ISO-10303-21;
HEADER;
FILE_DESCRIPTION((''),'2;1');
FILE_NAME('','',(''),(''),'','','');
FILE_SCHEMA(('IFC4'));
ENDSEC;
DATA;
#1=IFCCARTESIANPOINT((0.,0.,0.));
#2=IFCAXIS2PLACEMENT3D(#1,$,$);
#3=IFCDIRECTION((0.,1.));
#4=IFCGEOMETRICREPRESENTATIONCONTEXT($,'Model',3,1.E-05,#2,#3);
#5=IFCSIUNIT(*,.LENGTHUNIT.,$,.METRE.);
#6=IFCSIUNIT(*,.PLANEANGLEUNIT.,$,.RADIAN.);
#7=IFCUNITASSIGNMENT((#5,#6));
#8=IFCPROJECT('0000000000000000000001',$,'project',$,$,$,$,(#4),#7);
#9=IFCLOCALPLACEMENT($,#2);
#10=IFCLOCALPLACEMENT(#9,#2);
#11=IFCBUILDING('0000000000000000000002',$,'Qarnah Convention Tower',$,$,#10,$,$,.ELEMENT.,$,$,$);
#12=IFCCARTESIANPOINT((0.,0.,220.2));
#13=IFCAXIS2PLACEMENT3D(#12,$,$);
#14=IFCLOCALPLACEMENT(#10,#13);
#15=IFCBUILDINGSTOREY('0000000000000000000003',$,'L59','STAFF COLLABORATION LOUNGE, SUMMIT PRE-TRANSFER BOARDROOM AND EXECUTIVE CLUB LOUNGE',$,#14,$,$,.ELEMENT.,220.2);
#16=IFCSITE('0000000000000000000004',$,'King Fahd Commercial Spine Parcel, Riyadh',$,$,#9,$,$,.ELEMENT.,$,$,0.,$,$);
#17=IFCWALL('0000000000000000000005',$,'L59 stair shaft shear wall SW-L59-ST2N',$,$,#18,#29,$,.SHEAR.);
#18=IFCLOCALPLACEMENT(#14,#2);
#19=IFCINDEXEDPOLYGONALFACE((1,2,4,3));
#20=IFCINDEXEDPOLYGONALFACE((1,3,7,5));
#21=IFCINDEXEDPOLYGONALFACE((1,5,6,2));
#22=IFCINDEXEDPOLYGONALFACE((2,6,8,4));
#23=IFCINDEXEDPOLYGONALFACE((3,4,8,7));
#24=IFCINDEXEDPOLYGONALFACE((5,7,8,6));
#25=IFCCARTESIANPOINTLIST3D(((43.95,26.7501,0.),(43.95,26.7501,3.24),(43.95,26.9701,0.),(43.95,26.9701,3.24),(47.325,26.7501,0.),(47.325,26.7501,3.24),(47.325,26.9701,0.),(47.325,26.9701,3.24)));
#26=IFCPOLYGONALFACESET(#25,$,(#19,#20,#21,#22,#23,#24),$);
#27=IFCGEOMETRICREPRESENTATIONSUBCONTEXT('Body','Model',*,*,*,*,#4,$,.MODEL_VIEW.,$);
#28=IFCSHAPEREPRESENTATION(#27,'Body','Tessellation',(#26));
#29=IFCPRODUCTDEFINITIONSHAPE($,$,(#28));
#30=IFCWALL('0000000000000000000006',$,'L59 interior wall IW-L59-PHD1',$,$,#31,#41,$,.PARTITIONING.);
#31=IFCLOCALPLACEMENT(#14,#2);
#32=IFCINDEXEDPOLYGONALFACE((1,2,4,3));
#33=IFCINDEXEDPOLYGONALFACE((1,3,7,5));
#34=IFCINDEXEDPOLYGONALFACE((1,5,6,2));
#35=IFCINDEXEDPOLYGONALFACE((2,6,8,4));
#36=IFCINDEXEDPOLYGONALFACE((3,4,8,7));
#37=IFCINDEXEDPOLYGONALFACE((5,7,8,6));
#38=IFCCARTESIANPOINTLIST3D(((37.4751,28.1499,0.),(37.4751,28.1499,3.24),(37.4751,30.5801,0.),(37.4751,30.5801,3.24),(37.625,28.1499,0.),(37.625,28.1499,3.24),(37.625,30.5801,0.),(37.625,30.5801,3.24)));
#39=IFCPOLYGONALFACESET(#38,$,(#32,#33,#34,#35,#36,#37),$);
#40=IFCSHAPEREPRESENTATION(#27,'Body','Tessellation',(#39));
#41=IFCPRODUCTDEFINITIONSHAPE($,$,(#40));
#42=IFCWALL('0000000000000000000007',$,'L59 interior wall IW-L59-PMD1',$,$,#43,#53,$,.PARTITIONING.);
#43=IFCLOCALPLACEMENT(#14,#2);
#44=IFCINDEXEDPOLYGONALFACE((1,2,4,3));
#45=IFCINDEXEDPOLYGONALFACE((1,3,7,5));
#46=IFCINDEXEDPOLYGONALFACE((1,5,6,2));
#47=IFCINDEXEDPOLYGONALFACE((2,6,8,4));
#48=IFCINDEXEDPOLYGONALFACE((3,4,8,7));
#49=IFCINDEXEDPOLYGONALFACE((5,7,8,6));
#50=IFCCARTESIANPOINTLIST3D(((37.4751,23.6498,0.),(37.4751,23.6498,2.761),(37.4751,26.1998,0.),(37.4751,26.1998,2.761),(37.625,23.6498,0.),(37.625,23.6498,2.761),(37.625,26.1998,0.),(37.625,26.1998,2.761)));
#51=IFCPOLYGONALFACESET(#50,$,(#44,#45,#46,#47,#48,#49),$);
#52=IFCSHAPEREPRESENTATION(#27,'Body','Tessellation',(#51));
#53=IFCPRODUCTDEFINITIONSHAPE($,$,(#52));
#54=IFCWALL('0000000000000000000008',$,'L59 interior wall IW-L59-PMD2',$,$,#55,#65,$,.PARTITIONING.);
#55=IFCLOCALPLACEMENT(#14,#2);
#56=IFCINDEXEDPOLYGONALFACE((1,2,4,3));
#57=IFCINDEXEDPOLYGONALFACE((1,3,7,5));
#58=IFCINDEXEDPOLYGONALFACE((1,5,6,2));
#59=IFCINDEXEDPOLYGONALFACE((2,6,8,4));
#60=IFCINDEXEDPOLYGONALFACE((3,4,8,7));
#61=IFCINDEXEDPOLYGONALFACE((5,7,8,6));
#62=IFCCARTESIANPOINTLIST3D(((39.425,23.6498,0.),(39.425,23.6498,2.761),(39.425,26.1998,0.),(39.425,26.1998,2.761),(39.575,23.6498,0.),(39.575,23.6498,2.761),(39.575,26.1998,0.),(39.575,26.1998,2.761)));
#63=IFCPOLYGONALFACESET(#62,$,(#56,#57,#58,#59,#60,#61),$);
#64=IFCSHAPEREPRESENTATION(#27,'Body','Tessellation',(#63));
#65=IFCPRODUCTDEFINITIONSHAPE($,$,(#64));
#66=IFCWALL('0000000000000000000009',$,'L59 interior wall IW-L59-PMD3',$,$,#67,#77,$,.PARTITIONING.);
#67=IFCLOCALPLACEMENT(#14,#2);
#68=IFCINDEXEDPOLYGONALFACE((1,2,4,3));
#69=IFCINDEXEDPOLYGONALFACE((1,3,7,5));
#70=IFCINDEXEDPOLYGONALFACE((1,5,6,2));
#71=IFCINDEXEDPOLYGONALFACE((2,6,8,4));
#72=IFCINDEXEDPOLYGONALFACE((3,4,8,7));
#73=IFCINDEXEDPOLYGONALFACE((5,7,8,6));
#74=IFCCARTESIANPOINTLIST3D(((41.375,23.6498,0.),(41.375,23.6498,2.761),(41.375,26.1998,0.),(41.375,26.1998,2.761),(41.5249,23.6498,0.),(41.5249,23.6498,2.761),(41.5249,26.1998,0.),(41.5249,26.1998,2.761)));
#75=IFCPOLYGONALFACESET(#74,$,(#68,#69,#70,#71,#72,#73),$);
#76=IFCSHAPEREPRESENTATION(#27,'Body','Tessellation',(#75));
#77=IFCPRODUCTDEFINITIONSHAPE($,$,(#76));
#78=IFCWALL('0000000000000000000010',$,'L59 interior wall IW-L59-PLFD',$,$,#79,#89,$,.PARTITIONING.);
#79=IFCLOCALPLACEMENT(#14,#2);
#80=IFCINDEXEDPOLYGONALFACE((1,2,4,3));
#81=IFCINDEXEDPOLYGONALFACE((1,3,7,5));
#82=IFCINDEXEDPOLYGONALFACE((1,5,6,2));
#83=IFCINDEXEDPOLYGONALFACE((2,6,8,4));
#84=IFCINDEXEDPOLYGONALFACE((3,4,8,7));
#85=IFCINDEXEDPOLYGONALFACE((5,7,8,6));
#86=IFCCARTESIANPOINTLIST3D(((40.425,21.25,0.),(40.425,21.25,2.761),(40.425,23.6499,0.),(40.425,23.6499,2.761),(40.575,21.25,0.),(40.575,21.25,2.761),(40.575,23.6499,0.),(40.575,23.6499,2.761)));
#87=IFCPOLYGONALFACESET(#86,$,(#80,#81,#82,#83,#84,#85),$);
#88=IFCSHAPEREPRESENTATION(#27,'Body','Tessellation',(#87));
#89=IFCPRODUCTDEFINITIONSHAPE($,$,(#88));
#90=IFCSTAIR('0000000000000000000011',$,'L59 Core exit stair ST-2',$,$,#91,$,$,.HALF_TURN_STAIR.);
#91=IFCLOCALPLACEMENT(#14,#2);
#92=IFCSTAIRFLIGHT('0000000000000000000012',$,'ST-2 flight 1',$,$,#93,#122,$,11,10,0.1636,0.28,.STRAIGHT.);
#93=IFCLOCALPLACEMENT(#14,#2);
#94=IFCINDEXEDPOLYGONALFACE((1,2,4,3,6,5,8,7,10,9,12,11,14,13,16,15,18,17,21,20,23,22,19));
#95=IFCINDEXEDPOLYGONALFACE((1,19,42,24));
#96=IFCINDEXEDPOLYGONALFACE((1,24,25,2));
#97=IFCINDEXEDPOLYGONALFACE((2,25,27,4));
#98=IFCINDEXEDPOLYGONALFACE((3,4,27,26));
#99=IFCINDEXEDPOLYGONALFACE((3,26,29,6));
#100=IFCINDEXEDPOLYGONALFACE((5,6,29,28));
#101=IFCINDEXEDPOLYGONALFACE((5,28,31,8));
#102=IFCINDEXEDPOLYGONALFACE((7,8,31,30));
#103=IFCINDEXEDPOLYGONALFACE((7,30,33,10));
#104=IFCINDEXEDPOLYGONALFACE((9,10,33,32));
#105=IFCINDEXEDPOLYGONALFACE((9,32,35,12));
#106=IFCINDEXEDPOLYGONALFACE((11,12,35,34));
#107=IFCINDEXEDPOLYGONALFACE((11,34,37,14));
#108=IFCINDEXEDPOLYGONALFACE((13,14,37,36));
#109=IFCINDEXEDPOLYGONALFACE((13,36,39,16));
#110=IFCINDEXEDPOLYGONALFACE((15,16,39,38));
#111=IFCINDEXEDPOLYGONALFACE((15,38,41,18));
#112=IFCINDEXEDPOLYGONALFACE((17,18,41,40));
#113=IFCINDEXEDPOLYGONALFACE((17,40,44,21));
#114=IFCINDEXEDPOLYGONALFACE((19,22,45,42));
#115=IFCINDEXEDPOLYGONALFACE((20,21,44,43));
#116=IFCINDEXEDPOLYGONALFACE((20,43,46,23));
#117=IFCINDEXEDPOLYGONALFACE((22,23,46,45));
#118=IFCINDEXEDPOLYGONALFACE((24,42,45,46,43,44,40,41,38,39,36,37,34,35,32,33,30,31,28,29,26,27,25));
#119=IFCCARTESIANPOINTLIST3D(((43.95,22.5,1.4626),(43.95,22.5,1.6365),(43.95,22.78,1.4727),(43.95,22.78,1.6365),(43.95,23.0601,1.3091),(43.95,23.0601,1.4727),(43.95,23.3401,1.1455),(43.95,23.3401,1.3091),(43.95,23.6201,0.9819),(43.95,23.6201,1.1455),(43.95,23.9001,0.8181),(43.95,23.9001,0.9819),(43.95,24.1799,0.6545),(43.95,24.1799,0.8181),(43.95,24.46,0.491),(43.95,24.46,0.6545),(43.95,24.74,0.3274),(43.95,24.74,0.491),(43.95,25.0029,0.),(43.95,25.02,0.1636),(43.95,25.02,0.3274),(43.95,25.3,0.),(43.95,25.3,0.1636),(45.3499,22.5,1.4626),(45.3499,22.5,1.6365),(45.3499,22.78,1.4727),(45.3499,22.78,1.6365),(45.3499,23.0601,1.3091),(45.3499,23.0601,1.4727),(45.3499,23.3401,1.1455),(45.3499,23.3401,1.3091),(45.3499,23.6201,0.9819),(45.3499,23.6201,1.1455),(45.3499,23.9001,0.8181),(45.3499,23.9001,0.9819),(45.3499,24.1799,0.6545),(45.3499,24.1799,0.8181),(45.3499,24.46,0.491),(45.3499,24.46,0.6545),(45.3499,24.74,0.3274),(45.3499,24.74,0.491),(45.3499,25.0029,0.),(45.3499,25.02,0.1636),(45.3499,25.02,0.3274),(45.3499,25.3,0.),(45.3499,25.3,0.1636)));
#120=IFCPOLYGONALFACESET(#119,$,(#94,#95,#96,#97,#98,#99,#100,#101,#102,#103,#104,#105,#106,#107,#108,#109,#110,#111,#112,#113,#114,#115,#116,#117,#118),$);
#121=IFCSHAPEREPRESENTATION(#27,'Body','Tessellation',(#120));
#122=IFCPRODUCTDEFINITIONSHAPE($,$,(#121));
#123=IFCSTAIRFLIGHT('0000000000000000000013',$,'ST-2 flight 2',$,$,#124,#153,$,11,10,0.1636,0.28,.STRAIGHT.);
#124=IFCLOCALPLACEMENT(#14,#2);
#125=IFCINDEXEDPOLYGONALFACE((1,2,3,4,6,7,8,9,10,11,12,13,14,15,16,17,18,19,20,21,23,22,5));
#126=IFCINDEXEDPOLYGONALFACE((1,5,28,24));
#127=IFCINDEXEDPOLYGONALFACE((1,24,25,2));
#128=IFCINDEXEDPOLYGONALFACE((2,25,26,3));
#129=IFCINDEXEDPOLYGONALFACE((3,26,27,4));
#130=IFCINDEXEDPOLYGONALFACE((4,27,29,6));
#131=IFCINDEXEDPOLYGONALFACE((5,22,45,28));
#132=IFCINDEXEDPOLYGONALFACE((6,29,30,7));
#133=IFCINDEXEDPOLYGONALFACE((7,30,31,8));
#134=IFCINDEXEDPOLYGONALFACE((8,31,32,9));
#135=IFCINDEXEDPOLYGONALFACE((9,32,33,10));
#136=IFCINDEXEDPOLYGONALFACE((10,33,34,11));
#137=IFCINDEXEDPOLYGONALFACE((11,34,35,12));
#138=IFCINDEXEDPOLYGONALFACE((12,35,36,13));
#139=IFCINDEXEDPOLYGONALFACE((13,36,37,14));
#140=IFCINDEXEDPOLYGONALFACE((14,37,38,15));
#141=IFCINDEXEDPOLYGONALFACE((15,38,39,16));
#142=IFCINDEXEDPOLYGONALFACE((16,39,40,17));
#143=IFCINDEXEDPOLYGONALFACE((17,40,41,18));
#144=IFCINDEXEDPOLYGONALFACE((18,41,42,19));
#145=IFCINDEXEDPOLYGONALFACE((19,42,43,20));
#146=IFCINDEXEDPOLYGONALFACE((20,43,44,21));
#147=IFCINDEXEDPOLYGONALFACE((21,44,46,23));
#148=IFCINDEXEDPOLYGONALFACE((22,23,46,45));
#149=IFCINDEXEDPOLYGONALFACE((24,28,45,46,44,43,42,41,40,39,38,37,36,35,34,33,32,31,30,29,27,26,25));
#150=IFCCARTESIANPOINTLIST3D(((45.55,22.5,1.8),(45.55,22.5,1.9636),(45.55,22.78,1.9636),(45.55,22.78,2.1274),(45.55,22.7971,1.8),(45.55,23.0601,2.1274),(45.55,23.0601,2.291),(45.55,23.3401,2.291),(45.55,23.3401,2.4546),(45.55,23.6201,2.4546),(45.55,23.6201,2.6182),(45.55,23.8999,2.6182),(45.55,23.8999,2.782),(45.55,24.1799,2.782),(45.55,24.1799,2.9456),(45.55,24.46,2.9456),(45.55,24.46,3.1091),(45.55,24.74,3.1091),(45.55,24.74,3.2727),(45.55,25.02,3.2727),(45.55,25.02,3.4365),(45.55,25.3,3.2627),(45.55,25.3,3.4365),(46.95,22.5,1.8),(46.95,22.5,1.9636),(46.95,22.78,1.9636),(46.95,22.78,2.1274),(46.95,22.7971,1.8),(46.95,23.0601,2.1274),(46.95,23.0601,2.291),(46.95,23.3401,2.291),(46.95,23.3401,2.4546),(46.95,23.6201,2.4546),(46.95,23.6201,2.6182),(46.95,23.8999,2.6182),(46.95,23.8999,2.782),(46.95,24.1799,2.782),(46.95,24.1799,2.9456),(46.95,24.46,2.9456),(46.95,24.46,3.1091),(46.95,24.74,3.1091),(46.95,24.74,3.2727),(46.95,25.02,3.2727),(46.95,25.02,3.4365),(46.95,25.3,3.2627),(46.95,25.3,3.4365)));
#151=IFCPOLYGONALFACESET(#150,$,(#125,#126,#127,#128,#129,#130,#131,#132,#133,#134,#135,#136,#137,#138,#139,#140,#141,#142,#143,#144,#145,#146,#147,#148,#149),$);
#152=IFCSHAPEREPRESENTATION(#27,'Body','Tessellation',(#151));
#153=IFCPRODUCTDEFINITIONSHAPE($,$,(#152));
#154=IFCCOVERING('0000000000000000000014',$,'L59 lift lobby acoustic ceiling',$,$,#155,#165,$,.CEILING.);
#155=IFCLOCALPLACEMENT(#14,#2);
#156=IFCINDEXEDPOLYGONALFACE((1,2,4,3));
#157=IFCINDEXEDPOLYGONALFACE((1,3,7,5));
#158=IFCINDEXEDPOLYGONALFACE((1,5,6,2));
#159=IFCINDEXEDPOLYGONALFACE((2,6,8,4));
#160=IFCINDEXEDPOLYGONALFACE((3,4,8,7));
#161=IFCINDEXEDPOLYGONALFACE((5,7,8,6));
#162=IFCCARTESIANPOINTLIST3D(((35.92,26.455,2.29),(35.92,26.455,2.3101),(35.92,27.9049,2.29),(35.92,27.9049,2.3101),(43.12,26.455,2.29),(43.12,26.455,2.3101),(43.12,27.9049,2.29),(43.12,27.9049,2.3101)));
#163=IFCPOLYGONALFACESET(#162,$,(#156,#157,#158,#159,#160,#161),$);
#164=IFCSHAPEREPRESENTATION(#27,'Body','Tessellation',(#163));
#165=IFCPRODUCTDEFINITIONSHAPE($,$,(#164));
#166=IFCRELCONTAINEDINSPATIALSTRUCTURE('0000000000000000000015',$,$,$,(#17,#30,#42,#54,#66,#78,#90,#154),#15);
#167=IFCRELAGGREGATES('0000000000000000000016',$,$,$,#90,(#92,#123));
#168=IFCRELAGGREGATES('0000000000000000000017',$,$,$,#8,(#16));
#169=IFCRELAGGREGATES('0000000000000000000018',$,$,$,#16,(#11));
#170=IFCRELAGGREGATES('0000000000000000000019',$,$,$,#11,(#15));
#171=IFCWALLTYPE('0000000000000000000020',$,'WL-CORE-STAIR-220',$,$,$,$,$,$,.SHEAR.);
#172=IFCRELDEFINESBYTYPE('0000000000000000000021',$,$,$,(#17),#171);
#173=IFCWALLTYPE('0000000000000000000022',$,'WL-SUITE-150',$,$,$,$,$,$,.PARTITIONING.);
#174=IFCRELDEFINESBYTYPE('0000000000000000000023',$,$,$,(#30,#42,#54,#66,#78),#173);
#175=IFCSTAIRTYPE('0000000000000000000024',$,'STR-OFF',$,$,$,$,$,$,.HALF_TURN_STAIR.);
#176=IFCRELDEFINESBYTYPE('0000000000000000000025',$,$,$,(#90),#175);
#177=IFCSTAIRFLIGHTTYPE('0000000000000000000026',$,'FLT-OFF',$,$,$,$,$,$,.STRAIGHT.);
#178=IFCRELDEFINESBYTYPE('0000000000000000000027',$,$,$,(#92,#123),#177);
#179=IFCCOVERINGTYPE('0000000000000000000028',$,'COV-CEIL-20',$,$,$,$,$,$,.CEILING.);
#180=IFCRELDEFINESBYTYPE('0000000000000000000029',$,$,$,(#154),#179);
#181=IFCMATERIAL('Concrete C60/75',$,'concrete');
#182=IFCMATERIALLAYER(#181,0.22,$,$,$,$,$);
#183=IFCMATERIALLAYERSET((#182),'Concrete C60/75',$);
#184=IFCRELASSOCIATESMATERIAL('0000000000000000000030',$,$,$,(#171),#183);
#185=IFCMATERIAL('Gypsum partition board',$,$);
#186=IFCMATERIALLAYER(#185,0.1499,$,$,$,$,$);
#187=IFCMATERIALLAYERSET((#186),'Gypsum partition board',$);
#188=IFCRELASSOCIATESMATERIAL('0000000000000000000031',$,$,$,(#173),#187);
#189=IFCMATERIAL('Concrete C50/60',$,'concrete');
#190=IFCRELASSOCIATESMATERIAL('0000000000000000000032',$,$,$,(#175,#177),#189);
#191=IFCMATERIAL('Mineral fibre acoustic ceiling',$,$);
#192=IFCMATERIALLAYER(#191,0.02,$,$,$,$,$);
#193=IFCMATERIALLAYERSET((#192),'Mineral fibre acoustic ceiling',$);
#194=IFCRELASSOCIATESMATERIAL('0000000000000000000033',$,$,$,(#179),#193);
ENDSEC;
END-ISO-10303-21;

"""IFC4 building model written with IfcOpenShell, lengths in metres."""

from ifc_helpers import new_model, si_unit, direction, frame, frame_2d, origin, origin_2d, place, context, subcontext, project, spatial, polyline, rectangle, outline, extrude, material, layer, layer_set, type_object, element, aggregate, save


model = new_model("IFC4")

# Units and contexts
model_context = context("Model", 3, precision=1e-05, world=origin(), true_north=direction((0.0, 1.0)))
body_context = subcontext(model_context, "Body", "Model", "MODEL_VIEW")
ifc_project = project(units=[si_unit("LENGTHUNIT", "METRE"), si_unit("PLANEANGLEUNIT", "RADIAN")], contexts=[model_context])

# Site, building, storey
site_placement = place(None, origin())
site = spatial("IfcSite", under=ifc_project, at=site_placement, Name="King Fahd Commercial Spine Parcel, Riyadh", CompositionType="ELEMENT", RefElevation=0.0)
building_placement = place(site_placement, origin())
building = spatial("IfcBuilding", under=site, at=building_placement, Name="Qarnah Convention Tower", CompositionType="ELEMENT")
storey_placement = place(building_placement, frame((0.0, 0.0, 220.2)))
storey = spatial("IfcBuildingStorey", under=building, at=storey_placement, Name="L59", Description="STAFF COLLABORATION LOUNGE, SUMMIT PRE-TRANSFER BOARDROOM AND EXECUTIVE CLUB LOUNGE", CompositionType="ELEMENT", Elevation=220.2)

# Shared definitions
ifc_material_1 = material(Name="Concrete C50/60", Category="concrete")

# Walls
ifc_material_2 = material(Name="Concrete C60/75", Category="concrete")
ifc_layer_1 = layer(ifc_material_2, 0.22)
ifc_layer_set_1 = layer_set([ifc_layer_1], Name="Concrete C60/75")
wall_type_1 = type_object("IfcWallType", Name="WL-CORE-STAIR-220", PredefinedType="SHEAR", material=ifc_layer_set_1)
wall_1_placement = place(storey_placement, frame((43.95, 26.8601, 0.0), z_axis=(0.0, 0.0, 1.0), x_axis=(1.0, 0.0, 0.0)))
element("IfcWall", 1, at=wall_1_placement, inside=storey, type_object=wall_type_1, Name="L59 stair shaft shear wall SW-L59-ST2N", PredefinedType="SHEAR", context=body_context, shape_type="SweptSolid", body=[
    extrude(rectangle(XDim=3.375, YDim=0.22, at=frame_2d((1.6875, 0.0))), origin(), (0.0, 0.0, 1.0), 3.24),
])
ifc_material_3 = material(Name="Gypsum partition board")
ifc_layer_2 = layer(ifc_material_3, 0.1499)
ifc_layer_set_2 = layer_set([ifc_layer_2], Name="Gypsum partition board")
wall_type_2 = type_object("IfcWallType", Name="WL-SUITE-150", PredefinedType="PARTITIONING", material=ifc_layer_set_2)
wall_2_placement = place(storey_placement, frame((37.55, 28.1499, 0.0), z_axis=(0.0, 0.0, 1.0), x_axis=(0.0, 1.0, 0.0)))
element("IfcWall", 2, at=wall_2_placement, inside=storey, type_object=wall_type_2, Name="L59 interior wall IW-L59-PHD1", PredefinedType="PARTITIONING", context=body_context, shape_type="SweptSolid", body=[
    extrude(rectangle(XDim=2.4302, YDim=0.1499, at=frame_2d((1.2151, 0.0))), origin(), (0.0, 0.0, 1.0), 3.24),
])
for number, where, z_axis, x_axis, name in (
    (3, (37.55, 23.6499, 0.0), (0.0, 0.0, 1.0), (0.0, 1.0, 0.0), "L59 interior wall IW-L59-PMD1"),
    (4, (39.5, 23.6499, 0.0), (0.0, 0.0, 1.0), (0.0, 1.0, 0.0), "L59 interior wall IW-L59-PMD2"),
    (5, (41.45, 23.6499, 0.0), (0.0, 0.0, 1.0), (0.0, 1.0, 0.0), "L59 interior wall IW-L59-PMD3"),
):
    element("IfcWall", number, at=place(storey_placement, frame(where, z_axis=z_axis, x_axis=x_axis)), inside=storey, type_object=wall_type_2, Name=name, PredefinedType="PARTITIONING", context=body_context, shape_type="SweptSolid", body=[
        extrude(rectangle(XDim=2.55, YDim=0.1499, at=frame_2d((1.2749, 0.0))), origin(), (0.0, 0.0, 1.0), 2.761),
    ])
wall_3_placement = place(storey_placement, frame((40.5, 21.25, 0.0), z_axis=(0.0, 0.0, 1.0), x_axis=(0.0, 1.0, 0.0)))
element("IfcWall", 6, at=wall_3_placement, inside=storey, type_object=wall_type_2, Name="L59 interior wall IW-L59-PLFD", PredefinedType="PARTITIONING", context=body_context, shape_type="SweptSolid", body=[
    extrude(rectangle(XDim=2.3999, YDim=0.1499, at=frame_2d((1.2, 0.0))), origin(), (0.0, 0.0, 1.0), 2.761),
])

# Stair, stair flights
stair_type = type_object("IfcStairType", Name="STR-OFF", PredefinedType="HALF_TURN_STAIR", material=ifc_material_1)
stair_placement = place(storey_placement, origin())
stair = element("IfcStair", 7, at=stair_placement, inside=storey, type_object=stair_type, Name="L59 Core exit stair ST-2", PredefinedType="HALF_TURN_STAIR")
stair_flight_type = type_object("IfcStairFlightType", Name="FLT-OFF", PredefinedType="STRAIGHT", material=ifc_material_1)
stair_flight_1_placement = place(storey_placement, frame((44.6499, 25.3, 0.0), z_axis=(0.0, 0.0, 1.0), x_axis=(0.0, -1.0, 0.0)))
stair_flight_1 = element("IfcStairFlight", 8, at=stair_flight_1_placement, type_object=stair_flight_type, Name="ST-2 flight 1", NumberOfRisers=11, NumberOfTreads=10, PredefinedType="STRAIGHT", RiserHeight=0.1636, TreadLength=0.28, context=body_context, shape_type="SweptSolid", body=[
    extrude(outline(polyline([(0.0, 0.0), (0.0, 0.1636), (0.28, 0.1636), (0.28, 0.3274), (0.5601, 0.3274), (0.5601, 0.491), (0.8401, 0.491), (0.8401, 0.6545), (1.1201, 0.6545), (1.1201, 0.8181), (1.3999, 0.8181), (1.3999, 0.9819), (1.6799, 0.9819), (1.6799, 1.1455), (1.96, 1.1455), (1.96, 1.3091), (2.24, 1.3091), (2.24, 1.4727), (2.52, 1.4727), (2.52, 1.6365), (2.8, 1.6365), (2.8, 1.8), (2.8, 1.4626), (0.2971, 0.0), (0.0, 0.0)])), frame((0.0, 0.7, 0.0), z_axis=(0.0, -1.0, 0.0), x_axis=(1.0, 0.0, 0.0)), (0.0, 0.0, 1.0), 1.3999),
])
stair_flight_2_placement = place(storey_placement, frame((46.25, 22.5, 1.8), z_axis=(0.0, 0.0, 1.0), x_axis=(0.0, 1.0, 0.0)))
stair_flight_2 = element("IfcStairFlight", 9, at=stair_flight_2_placement, type_object=stair_flight_type, Name="ST-2 flight 2", NumberOfRisers=11, NumberOfTreads=10, PredefinedType="STRAIGHT", RiserHeight=0.1636, TreadLength=0.28, context=body_context, shape_type="SweptSolid", body=[
    extrude(outline(polyline([(0.0, 0.0), (0.0, 0.1636), (0.28, 0.1636), (0.28, 0.3274), (0.5601, 0.3274), (0.5601, 0.491), (0.8401, 0.491), (0.8401, 0.6545), (1.1201, 0.6545), (1.1201, 0.8181), (1.3999, 0.8181), (1.3999, 0.9819), (1.6799, 0.9819), (1.6799, 1.1455), (1.96, 1.1455), (1.96, 1.3091), (2.24, 1.3091), (2.24, 1.4727), (2.52, 1.4727), (2.52, 1.6365), (2.8, 1.6365), (2.8, 1.8), (2.8, 1.4626), (0.2971, 0.0), (0.0, 0.0)])), frame((0.0, 0.7, 0.0), z_axis=(0.0, -1.0, 0.0), x_axis=(1.0, 0.0, 0.0)), (0.0, 0.0, 1.0), 1.3999),
])
aggregate(stair, [stair_flight_1, stair_flight_2])

# Covering
ifc_material_4 = material(Name="Mineral fibre acoustic ceiling")
ifc_layer_3 = layer(ifc_material_4, 0.02)
ifc_layer_set_3 = layer_set([ifc_layer_3], Name="Mineral fibre acoustic ceiling")
covering_type = type_object("IfcCoveringType", Name="COV-CEIL-20", PredefinedType="CEILING", material=ifc_layer_set_3)
covering_placement = place(storey_placement, frame((39.52, 27.1799, 2.29), z_axis=(0.0, 0.0, 1.0), x_axis=(1.0, 0.0, 0.0)))
element("IfcCovering", 10, at=covering_placement, inside=storey, type_object=covering_type, Name="L59 lift lobby acoustic ceiling", PredefinedType="CEILING", context=body_context, shape_type="SweptSolid", body=[
    extrude(rectangle(XDim=7.2, YDim=1.45, at=origin_2d()), origin(), (0.0, 0.0, 1.0), 0.02),
])

save(model, "model.ifc")
